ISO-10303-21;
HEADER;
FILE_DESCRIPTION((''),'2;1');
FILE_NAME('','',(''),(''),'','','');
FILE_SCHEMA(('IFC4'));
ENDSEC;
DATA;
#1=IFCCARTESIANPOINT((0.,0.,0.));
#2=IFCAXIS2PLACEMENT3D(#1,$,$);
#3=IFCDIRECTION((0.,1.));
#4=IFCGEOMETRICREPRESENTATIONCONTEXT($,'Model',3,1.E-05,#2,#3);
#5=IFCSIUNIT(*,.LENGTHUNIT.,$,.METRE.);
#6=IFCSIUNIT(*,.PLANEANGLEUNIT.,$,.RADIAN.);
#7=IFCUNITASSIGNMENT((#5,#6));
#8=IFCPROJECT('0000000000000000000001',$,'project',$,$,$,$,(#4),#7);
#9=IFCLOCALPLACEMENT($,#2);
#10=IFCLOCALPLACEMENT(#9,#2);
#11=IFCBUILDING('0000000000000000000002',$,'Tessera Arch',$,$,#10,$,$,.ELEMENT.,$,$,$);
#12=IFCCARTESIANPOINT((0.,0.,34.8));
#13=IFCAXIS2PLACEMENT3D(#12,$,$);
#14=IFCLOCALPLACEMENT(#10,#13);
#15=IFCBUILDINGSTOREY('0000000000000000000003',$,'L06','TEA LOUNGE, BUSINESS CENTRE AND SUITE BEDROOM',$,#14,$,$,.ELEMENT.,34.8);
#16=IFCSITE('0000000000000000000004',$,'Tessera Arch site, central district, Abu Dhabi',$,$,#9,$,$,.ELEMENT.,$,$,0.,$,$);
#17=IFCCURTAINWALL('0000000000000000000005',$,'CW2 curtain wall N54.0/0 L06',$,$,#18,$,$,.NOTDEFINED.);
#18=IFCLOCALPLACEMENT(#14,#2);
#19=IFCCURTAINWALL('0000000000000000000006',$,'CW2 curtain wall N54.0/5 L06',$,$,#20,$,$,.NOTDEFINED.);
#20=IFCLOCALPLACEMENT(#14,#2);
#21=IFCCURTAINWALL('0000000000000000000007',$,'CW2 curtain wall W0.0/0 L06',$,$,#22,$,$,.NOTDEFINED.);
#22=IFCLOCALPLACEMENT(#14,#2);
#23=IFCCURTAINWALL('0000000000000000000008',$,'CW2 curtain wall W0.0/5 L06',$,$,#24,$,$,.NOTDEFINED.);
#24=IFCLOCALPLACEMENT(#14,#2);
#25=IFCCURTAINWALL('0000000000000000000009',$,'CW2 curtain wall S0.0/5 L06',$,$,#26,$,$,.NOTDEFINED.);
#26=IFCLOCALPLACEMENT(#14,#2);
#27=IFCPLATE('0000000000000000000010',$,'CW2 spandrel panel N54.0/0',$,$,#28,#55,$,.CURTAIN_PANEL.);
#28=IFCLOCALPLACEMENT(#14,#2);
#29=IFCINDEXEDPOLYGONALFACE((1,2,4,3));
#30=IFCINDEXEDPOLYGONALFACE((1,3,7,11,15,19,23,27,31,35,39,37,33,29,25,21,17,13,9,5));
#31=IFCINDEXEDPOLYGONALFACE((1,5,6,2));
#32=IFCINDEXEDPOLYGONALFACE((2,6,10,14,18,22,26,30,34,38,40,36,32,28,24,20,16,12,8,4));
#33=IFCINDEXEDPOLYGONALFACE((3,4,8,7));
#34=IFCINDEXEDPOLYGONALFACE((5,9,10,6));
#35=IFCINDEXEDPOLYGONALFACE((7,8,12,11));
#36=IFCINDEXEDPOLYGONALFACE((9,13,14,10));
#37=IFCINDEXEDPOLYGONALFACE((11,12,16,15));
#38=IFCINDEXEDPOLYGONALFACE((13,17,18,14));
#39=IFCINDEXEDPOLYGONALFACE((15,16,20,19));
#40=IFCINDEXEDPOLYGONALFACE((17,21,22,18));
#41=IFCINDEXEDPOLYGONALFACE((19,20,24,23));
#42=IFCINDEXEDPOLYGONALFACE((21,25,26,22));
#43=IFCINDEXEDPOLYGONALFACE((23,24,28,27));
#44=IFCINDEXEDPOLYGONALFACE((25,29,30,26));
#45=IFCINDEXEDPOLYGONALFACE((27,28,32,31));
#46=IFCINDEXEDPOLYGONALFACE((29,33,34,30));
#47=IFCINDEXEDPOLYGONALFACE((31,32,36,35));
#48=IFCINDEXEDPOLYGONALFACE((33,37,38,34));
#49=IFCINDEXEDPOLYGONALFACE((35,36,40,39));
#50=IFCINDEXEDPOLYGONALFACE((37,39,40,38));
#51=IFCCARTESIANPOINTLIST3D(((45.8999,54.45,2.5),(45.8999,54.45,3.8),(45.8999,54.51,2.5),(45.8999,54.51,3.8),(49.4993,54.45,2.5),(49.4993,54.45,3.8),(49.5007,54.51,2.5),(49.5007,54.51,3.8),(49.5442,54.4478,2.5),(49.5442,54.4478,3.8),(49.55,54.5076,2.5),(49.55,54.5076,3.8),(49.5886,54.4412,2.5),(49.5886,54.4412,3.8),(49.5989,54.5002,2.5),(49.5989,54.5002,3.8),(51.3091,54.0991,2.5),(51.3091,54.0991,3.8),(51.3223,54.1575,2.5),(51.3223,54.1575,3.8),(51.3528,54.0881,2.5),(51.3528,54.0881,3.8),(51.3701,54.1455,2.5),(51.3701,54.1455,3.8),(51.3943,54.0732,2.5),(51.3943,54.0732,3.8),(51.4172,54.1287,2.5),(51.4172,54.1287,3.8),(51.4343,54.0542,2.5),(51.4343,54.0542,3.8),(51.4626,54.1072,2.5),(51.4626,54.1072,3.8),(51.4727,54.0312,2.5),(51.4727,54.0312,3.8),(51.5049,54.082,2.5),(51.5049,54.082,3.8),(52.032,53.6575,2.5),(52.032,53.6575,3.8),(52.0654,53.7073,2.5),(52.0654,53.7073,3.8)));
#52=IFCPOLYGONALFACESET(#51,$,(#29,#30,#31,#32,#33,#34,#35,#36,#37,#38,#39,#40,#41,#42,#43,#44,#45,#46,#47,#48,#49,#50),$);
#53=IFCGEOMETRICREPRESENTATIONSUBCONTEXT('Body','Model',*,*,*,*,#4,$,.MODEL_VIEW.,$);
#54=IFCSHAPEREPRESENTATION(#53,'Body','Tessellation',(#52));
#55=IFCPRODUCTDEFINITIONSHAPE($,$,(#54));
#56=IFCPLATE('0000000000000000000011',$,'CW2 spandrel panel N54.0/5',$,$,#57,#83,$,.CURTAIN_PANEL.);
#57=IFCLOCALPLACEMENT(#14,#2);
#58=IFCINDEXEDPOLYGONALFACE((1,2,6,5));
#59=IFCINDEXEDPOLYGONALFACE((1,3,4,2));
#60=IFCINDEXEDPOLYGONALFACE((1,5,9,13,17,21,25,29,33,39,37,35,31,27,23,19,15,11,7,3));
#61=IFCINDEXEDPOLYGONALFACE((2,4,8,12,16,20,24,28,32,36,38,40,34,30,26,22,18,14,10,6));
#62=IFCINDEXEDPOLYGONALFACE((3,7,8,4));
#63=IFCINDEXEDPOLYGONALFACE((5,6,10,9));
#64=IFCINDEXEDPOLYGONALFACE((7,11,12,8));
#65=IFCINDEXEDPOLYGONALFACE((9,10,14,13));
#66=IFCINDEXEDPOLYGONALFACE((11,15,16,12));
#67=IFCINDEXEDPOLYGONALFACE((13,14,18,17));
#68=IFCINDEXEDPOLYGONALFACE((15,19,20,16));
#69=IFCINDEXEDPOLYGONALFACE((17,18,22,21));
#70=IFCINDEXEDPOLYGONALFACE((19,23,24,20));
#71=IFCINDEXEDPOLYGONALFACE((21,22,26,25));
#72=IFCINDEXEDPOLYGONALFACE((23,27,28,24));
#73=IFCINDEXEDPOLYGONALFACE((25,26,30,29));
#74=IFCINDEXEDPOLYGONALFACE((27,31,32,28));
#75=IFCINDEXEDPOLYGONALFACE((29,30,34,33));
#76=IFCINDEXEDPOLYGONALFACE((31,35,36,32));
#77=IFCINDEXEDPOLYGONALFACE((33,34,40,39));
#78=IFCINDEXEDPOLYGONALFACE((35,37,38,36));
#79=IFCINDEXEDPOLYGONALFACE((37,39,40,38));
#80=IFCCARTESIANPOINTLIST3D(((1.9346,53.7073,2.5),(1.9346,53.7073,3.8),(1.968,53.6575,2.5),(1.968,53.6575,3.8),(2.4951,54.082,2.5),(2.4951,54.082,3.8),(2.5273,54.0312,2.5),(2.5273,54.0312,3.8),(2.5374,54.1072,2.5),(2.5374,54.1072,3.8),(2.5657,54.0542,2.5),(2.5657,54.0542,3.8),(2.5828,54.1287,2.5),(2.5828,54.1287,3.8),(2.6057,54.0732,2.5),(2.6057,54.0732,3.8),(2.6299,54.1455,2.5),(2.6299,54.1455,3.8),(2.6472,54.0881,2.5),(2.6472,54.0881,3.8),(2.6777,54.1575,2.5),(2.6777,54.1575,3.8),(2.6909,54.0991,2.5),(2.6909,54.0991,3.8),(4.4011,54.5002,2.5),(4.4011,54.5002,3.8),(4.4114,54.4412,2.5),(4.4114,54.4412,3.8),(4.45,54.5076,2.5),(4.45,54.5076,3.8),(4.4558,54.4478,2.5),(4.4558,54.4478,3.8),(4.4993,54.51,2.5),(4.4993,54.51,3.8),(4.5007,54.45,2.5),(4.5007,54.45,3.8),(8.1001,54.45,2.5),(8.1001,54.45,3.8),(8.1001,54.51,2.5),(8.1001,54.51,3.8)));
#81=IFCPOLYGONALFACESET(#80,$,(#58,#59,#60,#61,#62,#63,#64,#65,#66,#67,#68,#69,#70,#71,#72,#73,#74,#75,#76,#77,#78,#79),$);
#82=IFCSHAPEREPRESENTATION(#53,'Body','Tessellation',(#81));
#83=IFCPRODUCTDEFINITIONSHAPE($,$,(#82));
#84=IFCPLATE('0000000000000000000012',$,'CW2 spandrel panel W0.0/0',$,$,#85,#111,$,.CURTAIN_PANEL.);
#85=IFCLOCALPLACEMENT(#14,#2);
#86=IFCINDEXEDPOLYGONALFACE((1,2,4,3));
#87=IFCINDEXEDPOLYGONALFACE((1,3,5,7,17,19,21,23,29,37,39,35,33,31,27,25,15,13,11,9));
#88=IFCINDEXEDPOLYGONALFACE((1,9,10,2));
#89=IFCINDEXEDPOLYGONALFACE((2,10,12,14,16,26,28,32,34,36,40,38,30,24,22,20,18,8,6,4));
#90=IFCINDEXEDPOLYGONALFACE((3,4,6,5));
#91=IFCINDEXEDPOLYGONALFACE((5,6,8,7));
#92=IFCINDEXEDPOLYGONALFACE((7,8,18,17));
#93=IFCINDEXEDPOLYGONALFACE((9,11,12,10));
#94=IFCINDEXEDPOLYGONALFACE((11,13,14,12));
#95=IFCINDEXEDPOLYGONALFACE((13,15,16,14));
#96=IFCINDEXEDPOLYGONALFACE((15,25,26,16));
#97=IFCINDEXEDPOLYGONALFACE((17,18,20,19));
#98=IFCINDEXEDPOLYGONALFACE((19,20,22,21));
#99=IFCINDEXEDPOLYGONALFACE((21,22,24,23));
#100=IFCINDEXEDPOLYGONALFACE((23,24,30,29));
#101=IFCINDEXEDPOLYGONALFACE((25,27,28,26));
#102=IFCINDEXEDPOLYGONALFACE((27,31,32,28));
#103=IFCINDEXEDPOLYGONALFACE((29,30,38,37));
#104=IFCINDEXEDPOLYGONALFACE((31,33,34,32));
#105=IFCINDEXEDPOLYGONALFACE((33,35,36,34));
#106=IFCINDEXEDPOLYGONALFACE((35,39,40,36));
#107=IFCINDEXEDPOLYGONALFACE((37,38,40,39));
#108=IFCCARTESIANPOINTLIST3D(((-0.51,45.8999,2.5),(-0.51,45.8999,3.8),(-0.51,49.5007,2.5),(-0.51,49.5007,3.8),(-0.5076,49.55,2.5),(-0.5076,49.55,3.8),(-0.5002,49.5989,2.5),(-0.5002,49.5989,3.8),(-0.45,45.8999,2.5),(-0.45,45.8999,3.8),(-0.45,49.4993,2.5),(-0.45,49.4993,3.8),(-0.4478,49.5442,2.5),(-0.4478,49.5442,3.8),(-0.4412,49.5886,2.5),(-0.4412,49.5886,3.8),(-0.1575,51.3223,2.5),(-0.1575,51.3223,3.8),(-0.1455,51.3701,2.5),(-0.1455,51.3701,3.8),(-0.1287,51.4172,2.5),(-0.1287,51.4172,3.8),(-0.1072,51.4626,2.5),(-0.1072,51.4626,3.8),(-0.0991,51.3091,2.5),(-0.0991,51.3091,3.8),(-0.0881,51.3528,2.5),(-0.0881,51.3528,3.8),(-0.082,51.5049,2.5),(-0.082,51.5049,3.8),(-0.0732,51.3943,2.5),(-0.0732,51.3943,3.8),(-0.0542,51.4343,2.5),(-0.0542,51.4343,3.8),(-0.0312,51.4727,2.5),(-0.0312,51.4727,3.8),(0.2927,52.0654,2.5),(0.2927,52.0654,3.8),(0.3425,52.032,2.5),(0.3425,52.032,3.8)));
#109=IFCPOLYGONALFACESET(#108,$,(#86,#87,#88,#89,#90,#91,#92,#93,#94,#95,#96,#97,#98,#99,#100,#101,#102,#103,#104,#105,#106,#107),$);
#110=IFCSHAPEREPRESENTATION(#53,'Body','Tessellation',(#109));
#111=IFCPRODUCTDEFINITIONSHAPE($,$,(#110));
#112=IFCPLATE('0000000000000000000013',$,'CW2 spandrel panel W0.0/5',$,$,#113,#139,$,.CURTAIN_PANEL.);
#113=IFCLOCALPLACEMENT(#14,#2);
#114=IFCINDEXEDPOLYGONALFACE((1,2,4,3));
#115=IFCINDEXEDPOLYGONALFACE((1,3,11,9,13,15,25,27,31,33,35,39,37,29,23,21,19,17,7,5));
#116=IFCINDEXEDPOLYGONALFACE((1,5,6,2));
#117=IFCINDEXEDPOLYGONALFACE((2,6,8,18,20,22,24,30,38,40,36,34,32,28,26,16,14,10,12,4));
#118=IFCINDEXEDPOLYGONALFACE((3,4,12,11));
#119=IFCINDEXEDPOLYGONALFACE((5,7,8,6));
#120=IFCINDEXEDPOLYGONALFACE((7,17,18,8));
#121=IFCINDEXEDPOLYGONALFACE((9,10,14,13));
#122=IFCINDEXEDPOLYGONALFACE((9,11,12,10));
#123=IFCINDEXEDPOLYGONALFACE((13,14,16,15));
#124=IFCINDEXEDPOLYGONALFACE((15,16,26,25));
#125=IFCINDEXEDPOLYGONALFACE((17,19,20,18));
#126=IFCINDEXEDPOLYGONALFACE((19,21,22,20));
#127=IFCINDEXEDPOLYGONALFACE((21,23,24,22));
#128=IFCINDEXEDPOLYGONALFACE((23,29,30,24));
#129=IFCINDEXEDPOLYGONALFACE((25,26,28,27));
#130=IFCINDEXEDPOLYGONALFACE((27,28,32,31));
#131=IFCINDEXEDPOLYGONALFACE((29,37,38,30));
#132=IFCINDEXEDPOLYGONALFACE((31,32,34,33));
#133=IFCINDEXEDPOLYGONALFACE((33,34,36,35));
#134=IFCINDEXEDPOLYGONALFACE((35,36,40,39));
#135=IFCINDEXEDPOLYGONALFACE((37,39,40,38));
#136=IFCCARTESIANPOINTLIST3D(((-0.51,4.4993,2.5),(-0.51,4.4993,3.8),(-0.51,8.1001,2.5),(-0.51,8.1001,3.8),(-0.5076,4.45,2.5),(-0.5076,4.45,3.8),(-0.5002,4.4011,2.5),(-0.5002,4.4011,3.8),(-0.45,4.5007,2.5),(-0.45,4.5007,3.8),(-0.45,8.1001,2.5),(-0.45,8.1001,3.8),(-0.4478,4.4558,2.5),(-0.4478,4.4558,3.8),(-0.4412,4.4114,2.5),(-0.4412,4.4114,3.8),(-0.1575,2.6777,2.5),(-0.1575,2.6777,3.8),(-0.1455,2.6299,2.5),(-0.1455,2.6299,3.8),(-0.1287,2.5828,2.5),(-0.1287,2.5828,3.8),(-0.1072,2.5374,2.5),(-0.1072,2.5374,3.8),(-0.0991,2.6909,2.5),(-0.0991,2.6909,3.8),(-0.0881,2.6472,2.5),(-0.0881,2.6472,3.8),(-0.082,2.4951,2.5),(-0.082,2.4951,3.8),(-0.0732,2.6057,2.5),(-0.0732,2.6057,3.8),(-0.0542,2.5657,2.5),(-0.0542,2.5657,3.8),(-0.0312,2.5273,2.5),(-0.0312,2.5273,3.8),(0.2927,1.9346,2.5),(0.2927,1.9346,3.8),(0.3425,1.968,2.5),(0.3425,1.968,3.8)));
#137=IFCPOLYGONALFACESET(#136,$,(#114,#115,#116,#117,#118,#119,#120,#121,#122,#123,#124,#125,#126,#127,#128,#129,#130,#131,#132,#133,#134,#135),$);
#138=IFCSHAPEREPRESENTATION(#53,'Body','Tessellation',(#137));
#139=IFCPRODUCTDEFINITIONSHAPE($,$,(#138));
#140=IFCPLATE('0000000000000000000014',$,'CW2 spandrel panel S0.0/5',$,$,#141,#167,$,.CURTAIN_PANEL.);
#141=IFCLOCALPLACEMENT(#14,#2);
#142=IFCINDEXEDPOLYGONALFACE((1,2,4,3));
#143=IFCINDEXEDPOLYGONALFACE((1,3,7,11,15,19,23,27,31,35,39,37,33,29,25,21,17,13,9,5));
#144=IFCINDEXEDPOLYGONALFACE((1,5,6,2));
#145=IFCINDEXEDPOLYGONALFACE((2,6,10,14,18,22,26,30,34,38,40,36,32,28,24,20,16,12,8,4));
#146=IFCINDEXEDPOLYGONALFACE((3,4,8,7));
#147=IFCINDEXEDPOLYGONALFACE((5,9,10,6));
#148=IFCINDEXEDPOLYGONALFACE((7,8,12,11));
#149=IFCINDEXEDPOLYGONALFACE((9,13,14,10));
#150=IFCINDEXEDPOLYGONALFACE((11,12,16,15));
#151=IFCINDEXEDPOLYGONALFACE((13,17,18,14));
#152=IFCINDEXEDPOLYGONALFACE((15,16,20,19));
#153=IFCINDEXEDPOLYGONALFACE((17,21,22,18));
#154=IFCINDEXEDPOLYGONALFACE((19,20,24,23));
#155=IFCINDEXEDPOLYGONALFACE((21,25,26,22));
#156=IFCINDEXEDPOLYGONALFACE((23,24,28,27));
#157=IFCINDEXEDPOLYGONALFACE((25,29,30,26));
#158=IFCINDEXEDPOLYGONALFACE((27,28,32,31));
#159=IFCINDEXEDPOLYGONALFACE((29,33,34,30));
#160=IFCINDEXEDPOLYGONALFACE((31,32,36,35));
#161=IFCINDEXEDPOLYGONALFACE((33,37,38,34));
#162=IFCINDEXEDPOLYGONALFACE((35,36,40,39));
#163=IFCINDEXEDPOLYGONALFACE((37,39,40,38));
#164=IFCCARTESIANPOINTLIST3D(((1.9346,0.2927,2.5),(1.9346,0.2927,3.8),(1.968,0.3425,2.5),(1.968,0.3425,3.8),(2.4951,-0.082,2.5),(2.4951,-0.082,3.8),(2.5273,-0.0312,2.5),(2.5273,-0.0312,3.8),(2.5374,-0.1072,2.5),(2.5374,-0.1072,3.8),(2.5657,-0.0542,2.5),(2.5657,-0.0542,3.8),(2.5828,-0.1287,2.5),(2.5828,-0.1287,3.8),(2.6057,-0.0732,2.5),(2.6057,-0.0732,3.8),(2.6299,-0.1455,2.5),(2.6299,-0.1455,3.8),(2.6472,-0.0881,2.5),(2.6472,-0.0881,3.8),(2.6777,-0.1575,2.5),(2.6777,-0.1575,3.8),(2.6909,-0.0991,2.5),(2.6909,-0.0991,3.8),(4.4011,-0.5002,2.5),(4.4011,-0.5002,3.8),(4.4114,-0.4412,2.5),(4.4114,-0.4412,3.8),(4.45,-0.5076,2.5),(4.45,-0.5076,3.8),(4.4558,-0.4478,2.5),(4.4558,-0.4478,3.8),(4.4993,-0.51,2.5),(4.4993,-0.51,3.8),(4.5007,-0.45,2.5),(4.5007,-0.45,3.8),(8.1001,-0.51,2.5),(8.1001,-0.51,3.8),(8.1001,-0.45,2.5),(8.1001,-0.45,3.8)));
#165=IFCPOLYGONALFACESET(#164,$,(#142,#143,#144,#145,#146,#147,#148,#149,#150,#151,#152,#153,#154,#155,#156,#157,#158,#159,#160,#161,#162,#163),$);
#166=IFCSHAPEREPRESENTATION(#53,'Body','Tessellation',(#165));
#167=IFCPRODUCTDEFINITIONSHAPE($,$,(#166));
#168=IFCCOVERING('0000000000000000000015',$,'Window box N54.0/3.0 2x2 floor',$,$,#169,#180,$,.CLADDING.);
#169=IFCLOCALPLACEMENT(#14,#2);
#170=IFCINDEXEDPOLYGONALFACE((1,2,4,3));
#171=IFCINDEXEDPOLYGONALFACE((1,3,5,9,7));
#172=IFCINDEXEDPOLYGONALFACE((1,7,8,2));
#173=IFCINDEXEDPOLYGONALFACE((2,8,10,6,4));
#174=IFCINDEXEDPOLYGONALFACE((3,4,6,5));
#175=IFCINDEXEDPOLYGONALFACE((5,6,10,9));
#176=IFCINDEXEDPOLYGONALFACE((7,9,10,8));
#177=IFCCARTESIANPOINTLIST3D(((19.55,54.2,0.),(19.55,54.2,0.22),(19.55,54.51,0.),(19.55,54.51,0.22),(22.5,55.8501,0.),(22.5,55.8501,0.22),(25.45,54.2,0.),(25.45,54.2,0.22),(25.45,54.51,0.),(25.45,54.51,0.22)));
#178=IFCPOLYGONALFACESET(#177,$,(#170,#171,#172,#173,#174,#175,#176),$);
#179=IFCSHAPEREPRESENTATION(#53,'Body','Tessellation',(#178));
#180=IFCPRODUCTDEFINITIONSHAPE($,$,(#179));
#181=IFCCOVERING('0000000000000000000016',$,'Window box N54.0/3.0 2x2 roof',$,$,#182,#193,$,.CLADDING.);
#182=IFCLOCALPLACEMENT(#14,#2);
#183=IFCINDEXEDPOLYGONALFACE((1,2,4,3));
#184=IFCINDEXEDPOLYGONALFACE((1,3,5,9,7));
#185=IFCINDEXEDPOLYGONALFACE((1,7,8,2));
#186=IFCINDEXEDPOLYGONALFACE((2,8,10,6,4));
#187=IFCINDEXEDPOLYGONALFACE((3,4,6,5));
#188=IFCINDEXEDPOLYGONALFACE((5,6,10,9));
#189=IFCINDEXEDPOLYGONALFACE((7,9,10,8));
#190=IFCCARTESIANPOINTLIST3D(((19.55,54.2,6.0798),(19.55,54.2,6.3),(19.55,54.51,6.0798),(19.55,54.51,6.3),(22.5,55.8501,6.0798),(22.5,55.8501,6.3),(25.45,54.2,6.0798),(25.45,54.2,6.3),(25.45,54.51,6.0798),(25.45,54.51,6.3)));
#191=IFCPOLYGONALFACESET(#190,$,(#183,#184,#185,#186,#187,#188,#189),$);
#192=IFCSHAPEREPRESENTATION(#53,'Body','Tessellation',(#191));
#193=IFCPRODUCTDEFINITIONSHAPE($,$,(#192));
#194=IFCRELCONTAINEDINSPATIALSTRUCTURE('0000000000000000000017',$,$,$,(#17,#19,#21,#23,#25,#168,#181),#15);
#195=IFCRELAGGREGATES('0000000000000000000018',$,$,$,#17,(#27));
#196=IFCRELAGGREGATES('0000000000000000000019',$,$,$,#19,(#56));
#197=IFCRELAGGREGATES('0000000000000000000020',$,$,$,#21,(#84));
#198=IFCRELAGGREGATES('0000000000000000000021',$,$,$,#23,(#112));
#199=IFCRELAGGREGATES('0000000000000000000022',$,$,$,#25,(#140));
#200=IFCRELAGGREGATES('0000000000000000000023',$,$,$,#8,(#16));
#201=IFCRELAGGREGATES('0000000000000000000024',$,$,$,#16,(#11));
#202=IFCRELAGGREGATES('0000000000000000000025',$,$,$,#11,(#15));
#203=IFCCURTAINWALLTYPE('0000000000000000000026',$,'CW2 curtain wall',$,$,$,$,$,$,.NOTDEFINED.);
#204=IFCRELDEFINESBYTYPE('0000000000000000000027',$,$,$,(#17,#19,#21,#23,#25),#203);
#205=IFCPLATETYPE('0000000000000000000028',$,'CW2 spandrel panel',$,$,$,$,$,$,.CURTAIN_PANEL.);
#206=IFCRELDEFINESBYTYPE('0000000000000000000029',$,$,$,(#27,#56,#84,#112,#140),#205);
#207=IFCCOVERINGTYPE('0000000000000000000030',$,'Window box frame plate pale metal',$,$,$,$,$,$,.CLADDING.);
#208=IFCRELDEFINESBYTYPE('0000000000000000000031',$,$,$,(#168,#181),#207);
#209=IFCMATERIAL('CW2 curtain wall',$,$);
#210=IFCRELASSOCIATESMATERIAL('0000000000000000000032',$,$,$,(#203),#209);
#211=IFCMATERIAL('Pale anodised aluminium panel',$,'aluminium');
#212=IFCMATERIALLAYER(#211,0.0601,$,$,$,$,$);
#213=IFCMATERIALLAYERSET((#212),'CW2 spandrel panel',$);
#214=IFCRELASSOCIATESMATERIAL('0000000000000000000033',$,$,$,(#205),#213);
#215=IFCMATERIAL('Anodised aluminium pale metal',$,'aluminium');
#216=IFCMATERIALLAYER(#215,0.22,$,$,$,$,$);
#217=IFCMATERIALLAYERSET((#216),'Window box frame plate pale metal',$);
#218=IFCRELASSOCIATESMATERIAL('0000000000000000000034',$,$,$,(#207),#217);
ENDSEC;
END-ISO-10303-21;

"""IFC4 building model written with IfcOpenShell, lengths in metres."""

from ifc_helpers import new_model, si_unit, direction, frame, origin, place, context, subcontext, project, spatial, polyline, outline, extrude, material, layer, layer_set, type_object, element, aggregate, save


model = new_model("IFC4")

# Units and contexts
model_context = context("Model", 3, precision=1e-05, world=origin(), true_north=direction((0.0, 1.0)))
body_context = subcontext(model_context, "Body", "Model", "MODEL_VIEW")
ifc_project = project(units=[si_unit("LENGTHUNIT", "METRE"), si_unit("PLANEANGLEUNIT", "RADIAN")], contexts=[model_context])

# Site, building, storey
site_placement = place(None, origin())
site = spatial("IfcSite", under=ifc_project, at=site_placement, Name="Tessera Arch site, central district, Abu Dhabi", CompositionType="ELEMENT", RefElevation=0.0)
building_placement = place(site_placement, origin())
building = spatial("IfcBuilding", under=site, at=building_placement, Name="Tessera Arch", CompositionType="ELEMENT")
storey_placement = place(building_placement, frame((0.0, 0.0, 34.8)))
storey = spatial("IfcBuildingStorey", under=building, at=storey_placement, Name="L06", Description="TEA LOUNGE, BUSINESS CENTRE AND SUITE BEDROOM", CompositionType="ELEMENT", Elevation=34.8)

# Curtain walls
ifc_material_1 = material(Name="CW2 curtain wall")
curtain_wall_type = type_object("IfcCurtainWallType", Name="CW2 curtain wall", PredefinedType="NOTDEFINED", material=ifc_material_1)
curtain_wall_1_placement = place(storey_placement, origin())
curtain_wall_1 = element("IfcCurtainWall", 1, at=curtain_wall_1_placement, inside=storey, type_object=curtain_wall_type, Name="CW2 curtain wall N54.0/0 L06", PredefinedType="NOTDEFINED")
curtain_wall_2_placement = place(storey_placement, origin())
curtain_wall_2 = element("IfcCurtainWall", 2, at=curtain_wall_2_placement, inside=storey, type_object=curtain_wall_type, Name="CW2 curtain wall N54.0/5 L06", PredefinedType="NOTDEFINED")
curtain_wall_3_placement = place(storey_placement, origin())
curtain_wall_3 = element("IfcCurtainWall", 3, at=curtain_wall_3_placement, inside=storey, type_object=curtain_wall_type, Name="CW2 curtain wall W0.0/0 L06", PredefinedType="NOTDEFINED")
curtain_wall_4_placement = place(storey_placement, origin())
curtain_wall_4 = element("IfcCurtainWall", 4, at=curtain_wall_4_placement, inside=storey, type_object=curtain_wall_type, Name="CW2 curtain wall W0.0/5 L06", PredefinedType="NOTDEFINED")
curtain_wall_5_placement = place(storey_placement, origin())
curtain_wall_5 = element("IfcCurtainWall", 5, at=curtain_wall_5_placement, inside=storey, type_object=curtain_wall_type, Name="CW2 curtain wall S0.0/5 L06", PredefinedType="NOTDEFINED")

# Plates
ifc_material_2 = material(Name="Pale anodised aluminium panel", Category="aluminium")
ifc_layer_1 = layer(ifc_material_2, 0.0601)
ifc_layer_set_1 = layer_set([ifc_layer_1], Name="CW2 spandrel panel")
plate_type_1 = type_object("IfcPlateType", Name="CW2 spandrel panel", PredefinedType="CURTAIN_PANEL", material=ifc_layer_set_1)
plate_1_placement = place(storey_placement, frame((0.0, 0.0, 2.5)))
plate_1 = element("IfcPlate", 6, at=plate_1_placement, type_object=plate_type_1, Name="CW2 spandrel panel N54.0/0", PredefinedType="CURTAIN_PANEL", context=body_context, shape_type="SweptSolid", body=[
    extrude(outline(polyline([(51.4727, 54.0312), (52.032, 53.6575), (52.0654, 53.7073), (51.5049, 54.082), (51.4626, 54.1072), (51.4172, 54.1287), (51.3701, 54.1455), (51.3223, 54.1575), (49.5989, 54.5002), (49.55, 54.5076), (49.5007, 54.51), (45.8999, 54.51), (45.8999, 54.45), (49.4993, 54.45), (49.5442, 54.4478), (49.5886, 54.4412), (51.3091, 54.0991), (51.3528, 54.0881), (51.3943, 54.0732), (51.4343, 54.0542), (51.4727, 54.0312)])), origin(), (0.0, 0.0, 1.0), 1.3),
])
aggregate(curtain_wall_1, [plate_1])
plate_2_placement = place(storey_placement, frame((0.0, 0.0, 2.5)))
plate_2 = element("IfcPlate", 7, at=plate_2_placement, type_object=plate_type_1, Name="CW2 spandrel panel N54.0/5", PredefinedType="CURTAIN_PANEL", context=body_context, shape_type="SweptSolid", body=[
    extrude(outline(polyline([(4.5007, 54.45), (8.1001, 54.45), (8.1001, 54.51), (4.4993, 54.51), (4.45, 54.5076), (4.4011, 54.5002), (2.6777, 54.1575), (2.6299, 54.1455), (2.5828, 54.1287), (2.5374, 54.1072), (2.4951, 54.082), (1.9346, 53.7073), (1.968, 53.6575), (2.5273, 54.0312), (2.5657, 54.0542), (2.6057, 54.0732), (2.6472, 54.0881), (2.6909, 54.0991), (4.4114, 54.4412), (4.4558, 54.4478), (4.5007, 54.45)])), origin(), (0.0, 0.0, 1.0), 1.3),
])
aggregate(curtain_wall_2, [plate_2])
plate_3_placement = place(storey_placement, frame((0.0, 0.0, 2.5)))
plate_3 = element("IfcPlate", 8, at=plate_3_placement, type_object=plate_type_1, Name="CW2 spandrel panel W0.0/0", PredefinedType="CURTAIN_PANEL", context=body_context, shape_type="SweptSolid", body=[
    extrude(outline(polyline([(-0.0312, 51.4727), (0.3425, 52.032), (0.2927, 52.0654), (-0.082, 51.5049), (-0.1072, 51.4626), (-0.1287, 51.4172), (-0.1455, 51.3701), (-0.1575, 51.3223), (-0.5002, 49.5989), (-0.5076, 49.55), (-0.51, 49.5007), (-0.51, 45.8999), (-0.45, 45.8999), (-0.45, 49.4993), (-0.4478, 49.5442), (-0.4412, 49.5886), (-0.0991, 51.3091), (-0.0881, 51.3528), (-0.0732, 51.3943), (-0.0542, 51.4343), (-0.0312, 51.4727)])), origin(), (0.0, 0.0, 1.0), 1.3),
])
aggregate(curtain_wall_3, [plate_3])
plate_4_placement = place(storey_placement, frame((0.0, 0.0, 2.5)))
plate_4 = element("IfcPlate", 9, at=plate_4_placement, type_object=plate_type_1, Name="CW2 spandrel panel W0.0/5", PredefinedType="CURTAIN_PANEL", context=body_context, shape_type="SweptSolid", body=[
    extrude(outline(polyline([(-0.45, 4.5007), (-0.45, 8.1001), (-0.51, 8.1001), (-0.51, 4.4993), (-0.5076, 4.45), (-0.5002, 4.4011), (-0.1575, 2.6777), (-0.1455, 2.6299), (-0.1287, 2.5828), (-0.1072, 2.5374), (-0.082, 2.4951), (0.2927, 1.9346), (0.3425, 1.968), (-0.0312, 2.5273), (-0.0542, 2.5657), (-0.0732, 2.6057), (-0.0881, 2.6472), (-0.0991, 2.6909), (-0.4412, 4.4114), (-0.4478, 4.4558), (-0.45, 4.5007)])), origin(), (0.0, 0.0, 1.0), 1.3),
])
aggregate(curtain_wall_4, [plate_4])
plate_5_placement = place(storey_placement, frame((0.0, 0.0, 2.5)))
plate_5 = element("IfcPlate", 10, at=plate_5_placement, type_object=plate_type_1, Name="CW2 spandrel panel S0.0/5", PredefinedType="CURTAIN_PANEL", context=body_context, shape_type="SweptSolid", body=[
    extrude(outline(polyline([(2.5273, -0.0312), (1.968, 0.3425), (1.9346, 0.2927), (2.4951, -0.082), (2.5374, -0.1072), (2.5828, -0.1287), (2.6299, -0.1455), (2.6777, -0.1575), (4.4011, -0.5002), (4.45, -0.5076), (4.4993, -0.51), (8.1001, -0.51), (8.1001, -0.45), (4.5007, -0.45), (4.4558, -0.4478), (4.4114, -0.4412), (2.6909, -0.0991), (2.6472, -0.0881), (2.6057, -0.0732), (2.5657, -0.0542), (2.5273, -0.0312)])), origin(), (0.0, 0.0, 1.0), 1.3),
])
aggregate(curtain_wall_5, [plate_5])

# Coverings
ifc_material_3 = material(Name="Anodised aluminium pale metal", Category="aluminium")
ifc_layer_2 = layer(ifc_material_3, 0.22)
ifc_layer_set_2 = layer_set([ifc_layer_2], Name="Window box frame plate pale metal")
covering_type = type_object("IfcCoveringType", Name="Window box frame plate pale metal", PredefinedType="CLADDING", material=ifc_layer_set_2)
covering_1_placement = place(storey_placement, origin())
element("IfcCovering", 11, at=covering_1_placement, inside=storey, type_object=covering_type, Name="Window box N54.0/3.0 2x2 floor", PredefinedType="CLADDING", context=body_context, shape_type="SweptSolid", body=[
    extrude(outline(polyline([(25.45, 54.51), (22.5, 55.8501), (19.55, 54.51), (19.55, 54.2), (25.45, 54.2), (25.45, 54.51)])), origin(), (0.0, 0.0, 1.0), 0.22),
])
covering_2_placement = place(storey_placement, frame((0.0, 0.0, 6.0798)))
element("IfcCovering", 12, at=covering_2_placement, inside=storey, type_object=covering_type, Name="Window box N54.0/3.0 2x2 roof", PredefinedType="CLADDING", context=body_context, shape_type="SweptSolid", body=[
    extrude(outline(polyline([(25.45, 54.51), (22.5, 55.8501), (19.55, 54.51), (19.55, 54.2), (25.45, 54.2), (25.45, 54.51)])), origin(), (0.0, 0.0, 1.0), 0.2202),
])

save(model, "model.ifc")
